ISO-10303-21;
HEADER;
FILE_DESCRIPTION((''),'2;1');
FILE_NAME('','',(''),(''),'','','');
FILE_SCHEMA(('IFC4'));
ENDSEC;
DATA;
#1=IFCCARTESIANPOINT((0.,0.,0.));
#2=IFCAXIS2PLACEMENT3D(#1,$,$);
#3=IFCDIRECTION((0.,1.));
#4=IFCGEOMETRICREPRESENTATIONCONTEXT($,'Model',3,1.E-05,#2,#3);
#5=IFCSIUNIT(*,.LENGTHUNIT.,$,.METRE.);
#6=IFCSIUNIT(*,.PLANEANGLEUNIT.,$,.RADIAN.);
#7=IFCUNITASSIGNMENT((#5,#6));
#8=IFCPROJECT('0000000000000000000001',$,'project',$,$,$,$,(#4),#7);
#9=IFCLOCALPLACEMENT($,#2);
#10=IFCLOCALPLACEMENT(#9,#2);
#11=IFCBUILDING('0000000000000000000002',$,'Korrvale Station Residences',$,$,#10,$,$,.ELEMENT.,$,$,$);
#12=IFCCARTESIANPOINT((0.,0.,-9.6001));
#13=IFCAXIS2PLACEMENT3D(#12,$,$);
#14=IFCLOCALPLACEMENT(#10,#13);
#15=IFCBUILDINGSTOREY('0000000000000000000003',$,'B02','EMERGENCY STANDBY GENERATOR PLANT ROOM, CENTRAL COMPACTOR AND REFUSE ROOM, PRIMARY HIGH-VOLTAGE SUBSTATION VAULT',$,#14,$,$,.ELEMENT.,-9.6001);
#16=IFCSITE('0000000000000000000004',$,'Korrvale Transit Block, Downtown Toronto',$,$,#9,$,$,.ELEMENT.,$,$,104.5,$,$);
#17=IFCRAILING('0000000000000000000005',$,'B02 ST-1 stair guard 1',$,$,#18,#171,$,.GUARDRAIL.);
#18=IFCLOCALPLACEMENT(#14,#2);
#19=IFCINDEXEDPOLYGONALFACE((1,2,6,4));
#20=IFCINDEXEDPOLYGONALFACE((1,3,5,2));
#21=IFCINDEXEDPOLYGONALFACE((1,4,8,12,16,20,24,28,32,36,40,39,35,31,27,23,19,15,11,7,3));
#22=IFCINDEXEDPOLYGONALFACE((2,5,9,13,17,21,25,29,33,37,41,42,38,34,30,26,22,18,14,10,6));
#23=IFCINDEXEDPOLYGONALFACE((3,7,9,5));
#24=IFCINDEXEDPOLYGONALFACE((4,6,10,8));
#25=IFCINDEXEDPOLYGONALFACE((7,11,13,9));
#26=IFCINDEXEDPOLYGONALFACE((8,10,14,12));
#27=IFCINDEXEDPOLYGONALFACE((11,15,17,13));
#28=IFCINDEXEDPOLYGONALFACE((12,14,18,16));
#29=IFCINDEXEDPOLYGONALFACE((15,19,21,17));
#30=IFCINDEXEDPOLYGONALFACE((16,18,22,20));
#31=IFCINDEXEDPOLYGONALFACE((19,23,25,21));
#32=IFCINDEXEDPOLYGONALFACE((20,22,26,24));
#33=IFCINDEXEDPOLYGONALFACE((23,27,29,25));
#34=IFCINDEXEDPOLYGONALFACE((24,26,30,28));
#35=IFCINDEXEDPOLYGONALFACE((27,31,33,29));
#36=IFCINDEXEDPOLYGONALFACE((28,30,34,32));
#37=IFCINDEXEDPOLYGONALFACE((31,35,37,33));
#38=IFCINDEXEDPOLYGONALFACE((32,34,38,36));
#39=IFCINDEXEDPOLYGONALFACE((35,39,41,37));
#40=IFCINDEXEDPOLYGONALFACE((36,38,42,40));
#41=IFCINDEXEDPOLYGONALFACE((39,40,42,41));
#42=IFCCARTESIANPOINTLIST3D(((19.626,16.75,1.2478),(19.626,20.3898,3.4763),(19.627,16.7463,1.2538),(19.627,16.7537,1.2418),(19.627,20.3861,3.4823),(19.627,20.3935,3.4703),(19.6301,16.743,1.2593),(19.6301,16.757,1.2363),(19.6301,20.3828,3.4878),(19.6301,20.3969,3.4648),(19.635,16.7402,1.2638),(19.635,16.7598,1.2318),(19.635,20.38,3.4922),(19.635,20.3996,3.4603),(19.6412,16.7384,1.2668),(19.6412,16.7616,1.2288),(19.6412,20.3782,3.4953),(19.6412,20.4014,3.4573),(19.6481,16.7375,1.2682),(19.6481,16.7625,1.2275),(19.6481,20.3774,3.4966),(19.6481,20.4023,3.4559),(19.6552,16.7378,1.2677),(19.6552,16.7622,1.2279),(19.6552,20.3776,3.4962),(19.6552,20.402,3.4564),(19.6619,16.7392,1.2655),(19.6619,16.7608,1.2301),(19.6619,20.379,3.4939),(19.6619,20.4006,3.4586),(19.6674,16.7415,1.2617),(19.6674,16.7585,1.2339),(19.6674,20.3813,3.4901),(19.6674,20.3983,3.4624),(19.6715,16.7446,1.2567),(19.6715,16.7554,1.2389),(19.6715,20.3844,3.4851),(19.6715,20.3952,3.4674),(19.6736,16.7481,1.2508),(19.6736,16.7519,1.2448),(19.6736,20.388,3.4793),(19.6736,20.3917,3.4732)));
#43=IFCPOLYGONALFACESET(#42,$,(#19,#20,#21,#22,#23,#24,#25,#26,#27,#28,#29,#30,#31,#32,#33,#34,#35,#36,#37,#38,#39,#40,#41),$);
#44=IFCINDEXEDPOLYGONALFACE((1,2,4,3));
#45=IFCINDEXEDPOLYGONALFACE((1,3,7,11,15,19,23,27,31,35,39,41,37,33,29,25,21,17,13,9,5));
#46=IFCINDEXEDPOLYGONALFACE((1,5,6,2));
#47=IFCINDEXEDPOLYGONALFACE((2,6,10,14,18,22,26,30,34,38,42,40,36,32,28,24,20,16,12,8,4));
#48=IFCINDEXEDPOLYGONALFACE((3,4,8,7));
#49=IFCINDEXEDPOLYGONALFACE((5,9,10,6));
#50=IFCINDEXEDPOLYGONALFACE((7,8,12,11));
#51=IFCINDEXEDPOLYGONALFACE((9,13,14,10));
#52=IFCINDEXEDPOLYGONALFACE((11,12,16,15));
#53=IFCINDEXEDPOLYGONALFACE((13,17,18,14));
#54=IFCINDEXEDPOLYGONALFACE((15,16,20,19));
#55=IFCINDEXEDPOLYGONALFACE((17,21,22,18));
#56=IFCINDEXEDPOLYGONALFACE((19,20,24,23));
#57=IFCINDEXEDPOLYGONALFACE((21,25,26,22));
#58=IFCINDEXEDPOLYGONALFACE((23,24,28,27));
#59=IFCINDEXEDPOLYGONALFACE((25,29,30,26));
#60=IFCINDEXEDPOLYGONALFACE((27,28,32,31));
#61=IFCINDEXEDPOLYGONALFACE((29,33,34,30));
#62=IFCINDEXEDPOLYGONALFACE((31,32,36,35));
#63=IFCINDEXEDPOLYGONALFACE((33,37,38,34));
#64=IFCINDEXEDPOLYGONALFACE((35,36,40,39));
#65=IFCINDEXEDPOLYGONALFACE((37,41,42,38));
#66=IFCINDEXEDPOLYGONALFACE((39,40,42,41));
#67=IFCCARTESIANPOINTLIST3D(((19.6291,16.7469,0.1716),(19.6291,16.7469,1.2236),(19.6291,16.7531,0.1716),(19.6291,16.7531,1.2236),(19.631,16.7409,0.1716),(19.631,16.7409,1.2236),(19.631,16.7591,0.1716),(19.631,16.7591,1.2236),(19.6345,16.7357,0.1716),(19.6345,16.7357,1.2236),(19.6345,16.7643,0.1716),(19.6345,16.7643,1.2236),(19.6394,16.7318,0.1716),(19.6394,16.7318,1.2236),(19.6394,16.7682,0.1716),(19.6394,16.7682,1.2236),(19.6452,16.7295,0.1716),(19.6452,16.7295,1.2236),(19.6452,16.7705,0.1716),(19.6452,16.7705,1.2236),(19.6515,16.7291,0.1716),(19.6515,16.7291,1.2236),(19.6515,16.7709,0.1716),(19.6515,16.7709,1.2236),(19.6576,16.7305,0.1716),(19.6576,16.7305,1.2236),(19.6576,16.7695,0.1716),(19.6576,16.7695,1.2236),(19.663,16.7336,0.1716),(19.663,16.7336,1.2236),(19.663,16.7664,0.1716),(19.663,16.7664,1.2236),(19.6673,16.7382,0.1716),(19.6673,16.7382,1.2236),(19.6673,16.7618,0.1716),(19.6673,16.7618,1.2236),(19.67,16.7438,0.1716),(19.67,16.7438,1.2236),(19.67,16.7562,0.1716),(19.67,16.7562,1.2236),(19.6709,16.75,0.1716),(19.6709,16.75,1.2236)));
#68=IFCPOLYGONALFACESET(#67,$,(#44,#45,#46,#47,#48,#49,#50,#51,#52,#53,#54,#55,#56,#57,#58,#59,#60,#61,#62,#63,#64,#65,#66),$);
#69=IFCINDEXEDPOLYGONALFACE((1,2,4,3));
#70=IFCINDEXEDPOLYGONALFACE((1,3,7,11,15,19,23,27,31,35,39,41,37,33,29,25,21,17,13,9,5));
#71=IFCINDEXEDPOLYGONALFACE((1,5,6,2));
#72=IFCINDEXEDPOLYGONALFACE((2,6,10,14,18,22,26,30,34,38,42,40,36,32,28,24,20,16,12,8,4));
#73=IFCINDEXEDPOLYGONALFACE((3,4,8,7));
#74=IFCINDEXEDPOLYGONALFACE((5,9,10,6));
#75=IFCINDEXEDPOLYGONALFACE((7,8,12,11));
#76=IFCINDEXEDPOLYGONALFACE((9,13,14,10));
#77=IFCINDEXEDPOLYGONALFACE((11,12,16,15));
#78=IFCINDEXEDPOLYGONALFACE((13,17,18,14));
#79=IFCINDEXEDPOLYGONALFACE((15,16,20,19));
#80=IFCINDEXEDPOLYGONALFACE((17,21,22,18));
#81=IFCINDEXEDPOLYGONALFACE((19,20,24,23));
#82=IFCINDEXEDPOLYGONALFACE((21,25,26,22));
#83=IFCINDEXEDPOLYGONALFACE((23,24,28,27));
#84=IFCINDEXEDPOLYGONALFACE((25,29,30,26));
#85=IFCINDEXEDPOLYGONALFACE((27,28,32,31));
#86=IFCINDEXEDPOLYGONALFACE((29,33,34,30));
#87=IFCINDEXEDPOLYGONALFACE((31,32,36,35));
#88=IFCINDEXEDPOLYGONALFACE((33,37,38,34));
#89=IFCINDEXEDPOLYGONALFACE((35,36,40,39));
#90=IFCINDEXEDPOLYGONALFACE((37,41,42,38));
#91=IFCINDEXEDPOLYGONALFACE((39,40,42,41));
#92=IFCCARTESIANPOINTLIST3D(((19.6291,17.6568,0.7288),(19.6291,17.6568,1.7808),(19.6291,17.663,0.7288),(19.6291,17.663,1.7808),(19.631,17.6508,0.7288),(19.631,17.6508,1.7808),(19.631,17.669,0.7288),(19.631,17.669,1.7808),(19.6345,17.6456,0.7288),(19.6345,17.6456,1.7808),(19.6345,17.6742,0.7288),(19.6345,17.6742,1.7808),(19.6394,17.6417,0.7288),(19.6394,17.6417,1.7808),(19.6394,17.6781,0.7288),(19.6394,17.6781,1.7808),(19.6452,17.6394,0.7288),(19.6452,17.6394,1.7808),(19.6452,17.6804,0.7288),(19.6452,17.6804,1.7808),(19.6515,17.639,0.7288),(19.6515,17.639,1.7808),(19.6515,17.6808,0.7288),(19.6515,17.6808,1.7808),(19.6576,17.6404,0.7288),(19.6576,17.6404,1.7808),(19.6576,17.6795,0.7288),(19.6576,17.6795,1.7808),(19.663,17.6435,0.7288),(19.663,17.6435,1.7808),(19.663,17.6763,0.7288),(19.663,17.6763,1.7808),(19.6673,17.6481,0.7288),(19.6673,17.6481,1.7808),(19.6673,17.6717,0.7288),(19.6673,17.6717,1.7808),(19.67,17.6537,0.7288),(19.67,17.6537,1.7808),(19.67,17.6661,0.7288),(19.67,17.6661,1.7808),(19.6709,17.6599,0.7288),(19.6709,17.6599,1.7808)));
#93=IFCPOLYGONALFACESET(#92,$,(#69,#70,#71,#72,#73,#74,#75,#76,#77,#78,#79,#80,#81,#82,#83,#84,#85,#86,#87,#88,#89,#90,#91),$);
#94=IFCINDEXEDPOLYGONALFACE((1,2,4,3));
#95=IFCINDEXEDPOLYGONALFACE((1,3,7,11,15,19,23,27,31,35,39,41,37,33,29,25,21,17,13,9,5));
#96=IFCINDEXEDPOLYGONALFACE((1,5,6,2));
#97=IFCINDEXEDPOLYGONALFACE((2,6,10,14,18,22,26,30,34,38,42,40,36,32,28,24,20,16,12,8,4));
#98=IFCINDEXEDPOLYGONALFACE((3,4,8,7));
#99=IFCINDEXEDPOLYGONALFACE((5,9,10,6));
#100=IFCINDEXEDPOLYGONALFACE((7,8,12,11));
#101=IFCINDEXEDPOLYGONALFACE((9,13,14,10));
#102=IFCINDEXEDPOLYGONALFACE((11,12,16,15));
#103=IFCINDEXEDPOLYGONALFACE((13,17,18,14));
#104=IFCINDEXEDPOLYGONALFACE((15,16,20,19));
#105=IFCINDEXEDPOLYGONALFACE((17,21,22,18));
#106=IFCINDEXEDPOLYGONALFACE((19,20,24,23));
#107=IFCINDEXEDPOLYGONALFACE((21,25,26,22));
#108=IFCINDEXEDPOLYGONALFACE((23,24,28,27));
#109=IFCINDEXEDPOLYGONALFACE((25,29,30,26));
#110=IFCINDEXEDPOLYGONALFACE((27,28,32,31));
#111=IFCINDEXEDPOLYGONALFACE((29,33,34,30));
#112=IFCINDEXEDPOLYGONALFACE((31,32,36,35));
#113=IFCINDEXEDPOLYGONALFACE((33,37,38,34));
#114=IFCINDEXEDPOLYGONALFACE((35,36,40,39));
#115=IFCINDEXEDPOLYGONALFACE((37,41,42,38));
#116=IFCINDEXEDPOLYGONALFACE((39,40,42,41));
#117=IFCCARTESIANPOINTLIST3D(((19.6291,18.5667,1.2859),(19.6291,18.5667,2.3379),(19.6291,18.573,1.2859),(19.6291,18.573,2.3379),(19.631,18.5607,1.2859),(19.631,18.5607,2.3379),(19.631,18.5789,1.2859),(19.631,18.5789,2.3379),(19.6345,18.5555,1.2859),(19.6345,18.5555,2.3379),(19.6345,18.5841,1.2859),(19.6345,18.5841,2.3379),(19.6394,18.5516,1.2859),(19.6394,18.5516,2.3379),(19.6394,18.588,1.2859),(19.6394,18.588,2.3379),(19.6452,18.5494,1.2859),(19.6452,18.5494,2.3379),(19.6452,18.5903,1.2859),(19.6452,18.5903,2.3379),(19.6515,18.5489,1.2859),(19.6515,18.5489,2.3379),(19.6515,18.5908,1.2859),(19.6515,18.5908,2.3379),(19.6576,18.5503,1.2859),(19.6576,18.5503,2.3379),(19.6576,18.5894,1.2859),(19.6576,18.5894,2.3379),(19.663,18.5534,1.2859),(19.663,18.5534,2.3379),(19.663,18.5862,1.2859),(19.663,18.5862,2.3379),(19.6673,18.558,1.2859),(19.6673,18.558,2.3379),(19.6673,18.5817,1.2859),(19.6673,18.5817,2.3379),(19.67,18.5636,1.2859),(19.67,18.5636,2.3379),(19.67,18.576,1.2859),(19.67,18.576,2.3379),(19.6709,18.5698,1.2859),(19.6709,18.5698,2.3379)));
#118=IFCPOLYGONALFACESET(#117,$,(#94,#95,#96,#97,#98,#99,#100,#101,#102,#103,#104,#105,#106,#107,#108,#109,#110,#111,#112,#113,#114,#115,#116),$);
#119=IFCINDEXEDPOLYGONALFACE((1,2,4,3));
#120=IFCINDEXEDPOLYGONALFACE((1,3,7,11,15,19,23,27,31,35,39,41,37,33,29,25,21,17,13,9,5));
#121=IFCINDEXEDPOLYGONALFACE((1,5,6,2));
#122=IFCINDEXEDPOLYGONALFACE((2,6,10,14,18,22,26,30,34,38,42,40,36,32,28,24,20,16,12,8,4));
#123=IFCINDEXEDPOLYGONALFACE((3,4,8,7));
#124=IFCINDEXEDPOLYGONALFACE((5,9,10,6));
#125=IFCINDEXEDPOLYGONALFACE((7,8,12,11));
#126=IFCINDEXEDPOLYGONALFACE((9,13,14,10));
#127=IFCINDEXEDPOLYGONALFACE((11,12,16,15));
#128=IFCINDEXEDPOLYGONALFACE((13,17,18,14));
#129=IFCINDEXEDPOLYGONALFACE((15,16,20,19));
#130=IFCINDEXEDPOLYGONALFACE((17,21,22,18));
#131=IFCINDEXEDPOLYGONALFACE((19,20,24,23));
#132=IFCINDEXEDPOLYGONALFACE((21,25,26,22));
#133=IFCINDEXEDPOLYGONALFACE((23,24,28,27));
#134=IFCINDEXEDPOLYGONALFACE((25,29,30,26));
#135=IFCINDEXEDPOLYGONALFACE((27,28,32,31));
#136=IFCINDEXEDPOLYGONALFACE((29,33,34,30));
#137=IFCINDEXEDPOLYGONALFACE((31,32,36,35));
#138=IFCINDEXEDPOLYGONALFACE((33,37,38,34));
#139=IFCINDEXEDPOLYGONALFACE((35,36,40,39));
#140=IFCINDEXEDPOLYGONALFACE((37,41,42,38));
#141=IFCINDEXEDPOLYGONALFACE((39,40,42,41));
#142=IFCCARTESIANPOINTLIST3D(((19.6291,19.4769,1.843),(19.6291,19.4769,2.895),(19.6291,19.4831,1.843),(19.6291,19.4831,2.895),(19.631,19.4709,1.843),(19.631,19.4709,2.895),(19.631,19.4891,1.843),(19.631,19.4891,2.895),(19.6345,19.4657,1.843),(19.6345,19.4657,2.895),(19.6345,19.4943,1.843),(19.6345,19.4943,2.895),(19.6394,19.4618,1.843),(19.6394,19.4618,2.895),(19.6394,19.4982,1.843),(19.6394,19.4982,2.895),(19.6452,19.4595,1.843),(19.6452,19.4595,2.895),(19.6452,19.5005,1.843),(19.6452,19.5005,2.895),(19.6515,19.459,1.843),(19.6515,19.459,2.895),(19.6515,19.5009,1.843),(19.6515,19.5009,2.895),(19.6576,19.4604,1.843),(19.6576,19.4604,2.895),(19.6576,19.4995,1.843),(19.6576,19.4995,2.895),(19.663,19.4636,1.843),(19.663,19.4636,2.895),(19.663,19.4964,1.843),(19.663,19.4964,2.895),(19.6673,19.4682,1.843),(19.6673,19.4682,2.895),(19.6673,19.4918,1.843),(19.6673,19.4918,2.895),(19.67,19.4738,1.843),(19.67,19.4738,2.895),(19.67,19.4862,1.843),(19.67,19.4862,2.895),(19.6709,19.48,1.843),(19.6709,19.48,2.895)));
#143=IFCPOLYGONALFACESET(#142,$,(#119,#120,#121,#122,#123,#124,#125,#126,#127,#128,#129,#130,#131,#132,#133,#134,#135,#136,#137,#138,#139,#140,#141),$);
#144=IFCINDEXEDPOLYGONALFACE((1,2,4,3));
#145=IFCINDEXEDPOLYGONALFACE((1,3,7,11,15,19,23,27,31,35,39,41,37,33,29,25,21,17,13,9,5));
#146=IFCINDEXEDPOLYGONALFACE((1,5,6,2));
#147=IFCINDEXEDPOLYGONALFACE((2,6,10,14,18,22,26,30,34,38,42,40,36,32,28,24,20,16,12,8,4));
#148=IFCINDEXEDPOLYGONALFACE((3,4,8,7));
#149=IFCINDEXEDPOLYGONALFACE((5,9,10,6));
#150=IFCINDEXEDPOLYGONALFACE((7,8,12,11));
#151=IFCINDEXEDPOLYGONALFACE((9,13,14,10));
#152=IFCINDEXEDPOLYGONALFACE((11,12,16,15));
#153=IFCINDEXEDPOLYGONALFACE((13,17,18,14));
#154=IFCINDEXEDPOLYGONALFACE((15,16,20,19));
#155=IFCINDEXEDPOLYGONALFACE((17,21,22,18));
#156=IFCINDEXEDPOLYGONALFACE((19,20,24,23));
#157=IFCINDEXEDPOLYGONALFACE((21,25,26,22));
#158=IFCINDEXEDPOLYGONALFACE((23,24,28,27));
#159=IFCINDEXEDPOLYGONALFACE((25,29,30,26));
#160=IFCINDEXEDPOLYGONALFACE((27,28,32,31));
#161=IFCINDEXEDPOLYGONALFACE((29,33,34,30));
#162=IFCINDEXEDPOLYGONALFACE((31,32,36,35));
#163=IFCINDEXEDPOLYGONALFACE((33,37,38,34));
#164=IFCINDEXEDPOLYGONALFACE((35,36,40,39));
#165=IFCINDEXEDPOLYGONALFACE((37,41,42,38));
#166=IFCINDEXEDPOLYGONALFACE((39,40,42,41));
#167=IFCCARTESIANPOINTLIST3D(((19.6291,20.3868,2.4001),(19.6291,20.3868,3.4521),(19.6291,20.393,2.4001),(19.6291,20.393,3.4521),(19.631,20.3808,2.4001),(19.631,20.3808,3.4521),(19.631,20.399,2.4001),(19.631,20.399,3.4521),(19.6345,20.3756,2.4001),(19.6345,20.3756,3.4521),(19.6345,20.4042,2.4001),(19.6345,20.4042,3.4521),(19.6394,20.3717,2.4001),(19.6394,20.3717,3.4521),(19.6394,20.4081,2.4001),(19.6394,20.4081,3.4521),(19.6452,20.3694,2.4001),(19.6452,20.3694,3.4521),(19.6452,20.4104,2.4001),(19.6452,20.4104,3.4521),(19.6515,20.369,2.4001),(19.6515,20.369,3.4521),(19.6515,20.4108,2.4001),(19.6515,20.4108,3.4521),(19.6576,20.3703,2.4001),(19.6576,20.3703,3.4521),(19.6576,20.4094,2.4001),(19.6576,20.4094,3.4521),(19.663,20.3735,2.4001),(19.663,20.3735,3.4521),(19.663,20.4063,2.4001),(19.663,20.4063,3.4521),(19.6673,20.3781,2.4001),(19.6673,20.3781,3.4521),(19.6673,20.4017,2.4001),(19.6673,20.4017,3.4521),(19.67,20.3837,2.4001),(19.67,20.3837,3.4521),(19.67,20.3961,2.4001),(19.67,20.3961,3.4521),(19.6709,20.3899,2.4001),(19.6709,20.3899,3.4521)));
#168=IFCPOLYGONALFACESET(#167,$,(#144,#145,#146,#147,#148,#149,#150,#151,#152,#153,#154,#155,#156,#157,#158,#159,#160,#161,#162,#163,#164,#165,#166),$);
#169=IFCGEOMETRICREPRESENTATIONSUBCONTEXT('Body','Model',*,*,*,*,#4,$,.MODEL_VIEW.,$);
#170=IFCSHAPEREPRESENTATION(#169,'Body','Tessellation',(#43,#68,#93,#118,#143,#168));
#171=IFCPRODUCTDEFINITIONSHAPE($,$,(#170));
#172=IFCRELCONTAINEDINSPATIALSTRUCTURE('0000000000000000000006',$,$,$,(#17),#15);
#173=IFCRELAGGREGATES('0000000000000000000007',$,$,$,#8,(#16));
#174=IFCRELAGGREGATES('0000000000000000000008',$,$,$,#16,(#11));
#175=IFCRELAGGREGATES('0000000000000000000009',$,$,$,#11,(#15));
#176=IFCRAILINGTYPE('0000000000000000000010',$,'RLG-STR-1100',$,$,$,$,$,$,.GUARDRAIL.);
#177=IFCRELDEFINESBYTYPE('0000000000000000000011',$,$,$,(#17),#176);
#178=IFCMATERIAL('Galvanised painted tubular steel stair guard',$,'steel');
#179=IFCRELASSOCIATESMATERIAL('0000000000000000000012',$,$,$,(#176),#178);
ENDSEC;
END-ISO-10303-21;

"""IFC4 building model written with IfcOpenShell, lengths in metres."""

from ifc_helpers import new_model, si_unit, direction, frame, origin, origin_2d, place, context, subcontext, project, spatial, circle, extrude, material, type_object, element, save


model = new_model("IFC4")

# Units and contexts
model_context = context("Model", 3, precision=1e-05, world=origin(), true_north=direction((0.0, 1.0)))
body_context = subcontext(model_context, "Body", "Model", "MODEL_VIEW")
ifc_project = project(units=[si_unit("LENGTHUNIT", "METRE"), si_unit("PLANEANGLEUNIT", "RADIAN")], contexts=[model_context])

# Site, building, storey
site_placement = place(None, origin())
site = spatial("IfcSite", under=ifc_project, at=site_placement, Name="Korrvale Transit Block, Downtown Toronto", CompositionType="ELEMENT", RefElevation=104.5)
building_placement = place(site_placement, origin())
building = spatial("IfcBuilding", under=site, at=building_placement, Name="Korrvale Station Residences", CompositionType="ELEMENT")
storey_placement = place(building_placement, frame((0.0, 0.0, -9.6001)))
storey = spatial("IfcBuildingStorey", under=building, at=storey_placement, Name="B02", Description="EMERGENCY STANDBY GENERATOR PLANT ROOM, CENTRAL COMPACTOR AND REFUSE ROOM, PRIMARY HIGH-VOLTAGE SUBSTATION VAULT", CompositionType="ELEMENT", Elevation=-9.6001)

# Railing
ifc_material_1 = material(Name="Galvanised painted tubular steel stair guard", Category="steel")
railing_type = type_object("IfcRailingType", Name="RLG-STR-1100", PredefinedType="GUARDRAIL", material=ifc_material_1)
railing_1_placement = place(storey_placement, frame((19.6499, 16.75, 0.1716)))
element("IfcRailing", 1, at=railing_1_placement, inside=storey, type_object=railing_type, Name="B02 ST-1 stair guard 1", PredefinedType="GUARDRAIL", context=body_context, shape_type="SweptSolid", body=[
    extrude(circle(Radius=0.0239, at=origin_2d()), frame((0.0, 0.0, 1.0762), z_axis=(0.0, 0.85285, 0.522156), x_axis=(-1.0, 0.0, 0.0)), (0.0, 0.0, 1.0), 4.2678),
    extrude(circle(Radius=0.021, at=origin_2d()), origin(), (0.0, 0.0, 1.0), 1.052),
    extrude(circle(Radius=0.021, at=origin_2d()), frame((0.0, 0.9099, 0.5571)), (0.0, 0.0, 1.0), 1.052),
    extrude(circle(Radius=0.021, at=origin_2d()), frame((0.0, 1.8198, 1.1143)), (0.0, 0.0, 1.0), 1.052),
    extrude(circle(Radius=0.021, at=origin_2d()), frame((0.0, 2.73, 1.6714)), (0.0, 0.0, 1.0), 1.052),
    extrude(circle(Radius=0.021, at=origin_2d()), frame((0.0, 3.6399, 2.2285)), (0.0, 0.0, 1.0), 1.052),
])

save(model, "model.ifc")
